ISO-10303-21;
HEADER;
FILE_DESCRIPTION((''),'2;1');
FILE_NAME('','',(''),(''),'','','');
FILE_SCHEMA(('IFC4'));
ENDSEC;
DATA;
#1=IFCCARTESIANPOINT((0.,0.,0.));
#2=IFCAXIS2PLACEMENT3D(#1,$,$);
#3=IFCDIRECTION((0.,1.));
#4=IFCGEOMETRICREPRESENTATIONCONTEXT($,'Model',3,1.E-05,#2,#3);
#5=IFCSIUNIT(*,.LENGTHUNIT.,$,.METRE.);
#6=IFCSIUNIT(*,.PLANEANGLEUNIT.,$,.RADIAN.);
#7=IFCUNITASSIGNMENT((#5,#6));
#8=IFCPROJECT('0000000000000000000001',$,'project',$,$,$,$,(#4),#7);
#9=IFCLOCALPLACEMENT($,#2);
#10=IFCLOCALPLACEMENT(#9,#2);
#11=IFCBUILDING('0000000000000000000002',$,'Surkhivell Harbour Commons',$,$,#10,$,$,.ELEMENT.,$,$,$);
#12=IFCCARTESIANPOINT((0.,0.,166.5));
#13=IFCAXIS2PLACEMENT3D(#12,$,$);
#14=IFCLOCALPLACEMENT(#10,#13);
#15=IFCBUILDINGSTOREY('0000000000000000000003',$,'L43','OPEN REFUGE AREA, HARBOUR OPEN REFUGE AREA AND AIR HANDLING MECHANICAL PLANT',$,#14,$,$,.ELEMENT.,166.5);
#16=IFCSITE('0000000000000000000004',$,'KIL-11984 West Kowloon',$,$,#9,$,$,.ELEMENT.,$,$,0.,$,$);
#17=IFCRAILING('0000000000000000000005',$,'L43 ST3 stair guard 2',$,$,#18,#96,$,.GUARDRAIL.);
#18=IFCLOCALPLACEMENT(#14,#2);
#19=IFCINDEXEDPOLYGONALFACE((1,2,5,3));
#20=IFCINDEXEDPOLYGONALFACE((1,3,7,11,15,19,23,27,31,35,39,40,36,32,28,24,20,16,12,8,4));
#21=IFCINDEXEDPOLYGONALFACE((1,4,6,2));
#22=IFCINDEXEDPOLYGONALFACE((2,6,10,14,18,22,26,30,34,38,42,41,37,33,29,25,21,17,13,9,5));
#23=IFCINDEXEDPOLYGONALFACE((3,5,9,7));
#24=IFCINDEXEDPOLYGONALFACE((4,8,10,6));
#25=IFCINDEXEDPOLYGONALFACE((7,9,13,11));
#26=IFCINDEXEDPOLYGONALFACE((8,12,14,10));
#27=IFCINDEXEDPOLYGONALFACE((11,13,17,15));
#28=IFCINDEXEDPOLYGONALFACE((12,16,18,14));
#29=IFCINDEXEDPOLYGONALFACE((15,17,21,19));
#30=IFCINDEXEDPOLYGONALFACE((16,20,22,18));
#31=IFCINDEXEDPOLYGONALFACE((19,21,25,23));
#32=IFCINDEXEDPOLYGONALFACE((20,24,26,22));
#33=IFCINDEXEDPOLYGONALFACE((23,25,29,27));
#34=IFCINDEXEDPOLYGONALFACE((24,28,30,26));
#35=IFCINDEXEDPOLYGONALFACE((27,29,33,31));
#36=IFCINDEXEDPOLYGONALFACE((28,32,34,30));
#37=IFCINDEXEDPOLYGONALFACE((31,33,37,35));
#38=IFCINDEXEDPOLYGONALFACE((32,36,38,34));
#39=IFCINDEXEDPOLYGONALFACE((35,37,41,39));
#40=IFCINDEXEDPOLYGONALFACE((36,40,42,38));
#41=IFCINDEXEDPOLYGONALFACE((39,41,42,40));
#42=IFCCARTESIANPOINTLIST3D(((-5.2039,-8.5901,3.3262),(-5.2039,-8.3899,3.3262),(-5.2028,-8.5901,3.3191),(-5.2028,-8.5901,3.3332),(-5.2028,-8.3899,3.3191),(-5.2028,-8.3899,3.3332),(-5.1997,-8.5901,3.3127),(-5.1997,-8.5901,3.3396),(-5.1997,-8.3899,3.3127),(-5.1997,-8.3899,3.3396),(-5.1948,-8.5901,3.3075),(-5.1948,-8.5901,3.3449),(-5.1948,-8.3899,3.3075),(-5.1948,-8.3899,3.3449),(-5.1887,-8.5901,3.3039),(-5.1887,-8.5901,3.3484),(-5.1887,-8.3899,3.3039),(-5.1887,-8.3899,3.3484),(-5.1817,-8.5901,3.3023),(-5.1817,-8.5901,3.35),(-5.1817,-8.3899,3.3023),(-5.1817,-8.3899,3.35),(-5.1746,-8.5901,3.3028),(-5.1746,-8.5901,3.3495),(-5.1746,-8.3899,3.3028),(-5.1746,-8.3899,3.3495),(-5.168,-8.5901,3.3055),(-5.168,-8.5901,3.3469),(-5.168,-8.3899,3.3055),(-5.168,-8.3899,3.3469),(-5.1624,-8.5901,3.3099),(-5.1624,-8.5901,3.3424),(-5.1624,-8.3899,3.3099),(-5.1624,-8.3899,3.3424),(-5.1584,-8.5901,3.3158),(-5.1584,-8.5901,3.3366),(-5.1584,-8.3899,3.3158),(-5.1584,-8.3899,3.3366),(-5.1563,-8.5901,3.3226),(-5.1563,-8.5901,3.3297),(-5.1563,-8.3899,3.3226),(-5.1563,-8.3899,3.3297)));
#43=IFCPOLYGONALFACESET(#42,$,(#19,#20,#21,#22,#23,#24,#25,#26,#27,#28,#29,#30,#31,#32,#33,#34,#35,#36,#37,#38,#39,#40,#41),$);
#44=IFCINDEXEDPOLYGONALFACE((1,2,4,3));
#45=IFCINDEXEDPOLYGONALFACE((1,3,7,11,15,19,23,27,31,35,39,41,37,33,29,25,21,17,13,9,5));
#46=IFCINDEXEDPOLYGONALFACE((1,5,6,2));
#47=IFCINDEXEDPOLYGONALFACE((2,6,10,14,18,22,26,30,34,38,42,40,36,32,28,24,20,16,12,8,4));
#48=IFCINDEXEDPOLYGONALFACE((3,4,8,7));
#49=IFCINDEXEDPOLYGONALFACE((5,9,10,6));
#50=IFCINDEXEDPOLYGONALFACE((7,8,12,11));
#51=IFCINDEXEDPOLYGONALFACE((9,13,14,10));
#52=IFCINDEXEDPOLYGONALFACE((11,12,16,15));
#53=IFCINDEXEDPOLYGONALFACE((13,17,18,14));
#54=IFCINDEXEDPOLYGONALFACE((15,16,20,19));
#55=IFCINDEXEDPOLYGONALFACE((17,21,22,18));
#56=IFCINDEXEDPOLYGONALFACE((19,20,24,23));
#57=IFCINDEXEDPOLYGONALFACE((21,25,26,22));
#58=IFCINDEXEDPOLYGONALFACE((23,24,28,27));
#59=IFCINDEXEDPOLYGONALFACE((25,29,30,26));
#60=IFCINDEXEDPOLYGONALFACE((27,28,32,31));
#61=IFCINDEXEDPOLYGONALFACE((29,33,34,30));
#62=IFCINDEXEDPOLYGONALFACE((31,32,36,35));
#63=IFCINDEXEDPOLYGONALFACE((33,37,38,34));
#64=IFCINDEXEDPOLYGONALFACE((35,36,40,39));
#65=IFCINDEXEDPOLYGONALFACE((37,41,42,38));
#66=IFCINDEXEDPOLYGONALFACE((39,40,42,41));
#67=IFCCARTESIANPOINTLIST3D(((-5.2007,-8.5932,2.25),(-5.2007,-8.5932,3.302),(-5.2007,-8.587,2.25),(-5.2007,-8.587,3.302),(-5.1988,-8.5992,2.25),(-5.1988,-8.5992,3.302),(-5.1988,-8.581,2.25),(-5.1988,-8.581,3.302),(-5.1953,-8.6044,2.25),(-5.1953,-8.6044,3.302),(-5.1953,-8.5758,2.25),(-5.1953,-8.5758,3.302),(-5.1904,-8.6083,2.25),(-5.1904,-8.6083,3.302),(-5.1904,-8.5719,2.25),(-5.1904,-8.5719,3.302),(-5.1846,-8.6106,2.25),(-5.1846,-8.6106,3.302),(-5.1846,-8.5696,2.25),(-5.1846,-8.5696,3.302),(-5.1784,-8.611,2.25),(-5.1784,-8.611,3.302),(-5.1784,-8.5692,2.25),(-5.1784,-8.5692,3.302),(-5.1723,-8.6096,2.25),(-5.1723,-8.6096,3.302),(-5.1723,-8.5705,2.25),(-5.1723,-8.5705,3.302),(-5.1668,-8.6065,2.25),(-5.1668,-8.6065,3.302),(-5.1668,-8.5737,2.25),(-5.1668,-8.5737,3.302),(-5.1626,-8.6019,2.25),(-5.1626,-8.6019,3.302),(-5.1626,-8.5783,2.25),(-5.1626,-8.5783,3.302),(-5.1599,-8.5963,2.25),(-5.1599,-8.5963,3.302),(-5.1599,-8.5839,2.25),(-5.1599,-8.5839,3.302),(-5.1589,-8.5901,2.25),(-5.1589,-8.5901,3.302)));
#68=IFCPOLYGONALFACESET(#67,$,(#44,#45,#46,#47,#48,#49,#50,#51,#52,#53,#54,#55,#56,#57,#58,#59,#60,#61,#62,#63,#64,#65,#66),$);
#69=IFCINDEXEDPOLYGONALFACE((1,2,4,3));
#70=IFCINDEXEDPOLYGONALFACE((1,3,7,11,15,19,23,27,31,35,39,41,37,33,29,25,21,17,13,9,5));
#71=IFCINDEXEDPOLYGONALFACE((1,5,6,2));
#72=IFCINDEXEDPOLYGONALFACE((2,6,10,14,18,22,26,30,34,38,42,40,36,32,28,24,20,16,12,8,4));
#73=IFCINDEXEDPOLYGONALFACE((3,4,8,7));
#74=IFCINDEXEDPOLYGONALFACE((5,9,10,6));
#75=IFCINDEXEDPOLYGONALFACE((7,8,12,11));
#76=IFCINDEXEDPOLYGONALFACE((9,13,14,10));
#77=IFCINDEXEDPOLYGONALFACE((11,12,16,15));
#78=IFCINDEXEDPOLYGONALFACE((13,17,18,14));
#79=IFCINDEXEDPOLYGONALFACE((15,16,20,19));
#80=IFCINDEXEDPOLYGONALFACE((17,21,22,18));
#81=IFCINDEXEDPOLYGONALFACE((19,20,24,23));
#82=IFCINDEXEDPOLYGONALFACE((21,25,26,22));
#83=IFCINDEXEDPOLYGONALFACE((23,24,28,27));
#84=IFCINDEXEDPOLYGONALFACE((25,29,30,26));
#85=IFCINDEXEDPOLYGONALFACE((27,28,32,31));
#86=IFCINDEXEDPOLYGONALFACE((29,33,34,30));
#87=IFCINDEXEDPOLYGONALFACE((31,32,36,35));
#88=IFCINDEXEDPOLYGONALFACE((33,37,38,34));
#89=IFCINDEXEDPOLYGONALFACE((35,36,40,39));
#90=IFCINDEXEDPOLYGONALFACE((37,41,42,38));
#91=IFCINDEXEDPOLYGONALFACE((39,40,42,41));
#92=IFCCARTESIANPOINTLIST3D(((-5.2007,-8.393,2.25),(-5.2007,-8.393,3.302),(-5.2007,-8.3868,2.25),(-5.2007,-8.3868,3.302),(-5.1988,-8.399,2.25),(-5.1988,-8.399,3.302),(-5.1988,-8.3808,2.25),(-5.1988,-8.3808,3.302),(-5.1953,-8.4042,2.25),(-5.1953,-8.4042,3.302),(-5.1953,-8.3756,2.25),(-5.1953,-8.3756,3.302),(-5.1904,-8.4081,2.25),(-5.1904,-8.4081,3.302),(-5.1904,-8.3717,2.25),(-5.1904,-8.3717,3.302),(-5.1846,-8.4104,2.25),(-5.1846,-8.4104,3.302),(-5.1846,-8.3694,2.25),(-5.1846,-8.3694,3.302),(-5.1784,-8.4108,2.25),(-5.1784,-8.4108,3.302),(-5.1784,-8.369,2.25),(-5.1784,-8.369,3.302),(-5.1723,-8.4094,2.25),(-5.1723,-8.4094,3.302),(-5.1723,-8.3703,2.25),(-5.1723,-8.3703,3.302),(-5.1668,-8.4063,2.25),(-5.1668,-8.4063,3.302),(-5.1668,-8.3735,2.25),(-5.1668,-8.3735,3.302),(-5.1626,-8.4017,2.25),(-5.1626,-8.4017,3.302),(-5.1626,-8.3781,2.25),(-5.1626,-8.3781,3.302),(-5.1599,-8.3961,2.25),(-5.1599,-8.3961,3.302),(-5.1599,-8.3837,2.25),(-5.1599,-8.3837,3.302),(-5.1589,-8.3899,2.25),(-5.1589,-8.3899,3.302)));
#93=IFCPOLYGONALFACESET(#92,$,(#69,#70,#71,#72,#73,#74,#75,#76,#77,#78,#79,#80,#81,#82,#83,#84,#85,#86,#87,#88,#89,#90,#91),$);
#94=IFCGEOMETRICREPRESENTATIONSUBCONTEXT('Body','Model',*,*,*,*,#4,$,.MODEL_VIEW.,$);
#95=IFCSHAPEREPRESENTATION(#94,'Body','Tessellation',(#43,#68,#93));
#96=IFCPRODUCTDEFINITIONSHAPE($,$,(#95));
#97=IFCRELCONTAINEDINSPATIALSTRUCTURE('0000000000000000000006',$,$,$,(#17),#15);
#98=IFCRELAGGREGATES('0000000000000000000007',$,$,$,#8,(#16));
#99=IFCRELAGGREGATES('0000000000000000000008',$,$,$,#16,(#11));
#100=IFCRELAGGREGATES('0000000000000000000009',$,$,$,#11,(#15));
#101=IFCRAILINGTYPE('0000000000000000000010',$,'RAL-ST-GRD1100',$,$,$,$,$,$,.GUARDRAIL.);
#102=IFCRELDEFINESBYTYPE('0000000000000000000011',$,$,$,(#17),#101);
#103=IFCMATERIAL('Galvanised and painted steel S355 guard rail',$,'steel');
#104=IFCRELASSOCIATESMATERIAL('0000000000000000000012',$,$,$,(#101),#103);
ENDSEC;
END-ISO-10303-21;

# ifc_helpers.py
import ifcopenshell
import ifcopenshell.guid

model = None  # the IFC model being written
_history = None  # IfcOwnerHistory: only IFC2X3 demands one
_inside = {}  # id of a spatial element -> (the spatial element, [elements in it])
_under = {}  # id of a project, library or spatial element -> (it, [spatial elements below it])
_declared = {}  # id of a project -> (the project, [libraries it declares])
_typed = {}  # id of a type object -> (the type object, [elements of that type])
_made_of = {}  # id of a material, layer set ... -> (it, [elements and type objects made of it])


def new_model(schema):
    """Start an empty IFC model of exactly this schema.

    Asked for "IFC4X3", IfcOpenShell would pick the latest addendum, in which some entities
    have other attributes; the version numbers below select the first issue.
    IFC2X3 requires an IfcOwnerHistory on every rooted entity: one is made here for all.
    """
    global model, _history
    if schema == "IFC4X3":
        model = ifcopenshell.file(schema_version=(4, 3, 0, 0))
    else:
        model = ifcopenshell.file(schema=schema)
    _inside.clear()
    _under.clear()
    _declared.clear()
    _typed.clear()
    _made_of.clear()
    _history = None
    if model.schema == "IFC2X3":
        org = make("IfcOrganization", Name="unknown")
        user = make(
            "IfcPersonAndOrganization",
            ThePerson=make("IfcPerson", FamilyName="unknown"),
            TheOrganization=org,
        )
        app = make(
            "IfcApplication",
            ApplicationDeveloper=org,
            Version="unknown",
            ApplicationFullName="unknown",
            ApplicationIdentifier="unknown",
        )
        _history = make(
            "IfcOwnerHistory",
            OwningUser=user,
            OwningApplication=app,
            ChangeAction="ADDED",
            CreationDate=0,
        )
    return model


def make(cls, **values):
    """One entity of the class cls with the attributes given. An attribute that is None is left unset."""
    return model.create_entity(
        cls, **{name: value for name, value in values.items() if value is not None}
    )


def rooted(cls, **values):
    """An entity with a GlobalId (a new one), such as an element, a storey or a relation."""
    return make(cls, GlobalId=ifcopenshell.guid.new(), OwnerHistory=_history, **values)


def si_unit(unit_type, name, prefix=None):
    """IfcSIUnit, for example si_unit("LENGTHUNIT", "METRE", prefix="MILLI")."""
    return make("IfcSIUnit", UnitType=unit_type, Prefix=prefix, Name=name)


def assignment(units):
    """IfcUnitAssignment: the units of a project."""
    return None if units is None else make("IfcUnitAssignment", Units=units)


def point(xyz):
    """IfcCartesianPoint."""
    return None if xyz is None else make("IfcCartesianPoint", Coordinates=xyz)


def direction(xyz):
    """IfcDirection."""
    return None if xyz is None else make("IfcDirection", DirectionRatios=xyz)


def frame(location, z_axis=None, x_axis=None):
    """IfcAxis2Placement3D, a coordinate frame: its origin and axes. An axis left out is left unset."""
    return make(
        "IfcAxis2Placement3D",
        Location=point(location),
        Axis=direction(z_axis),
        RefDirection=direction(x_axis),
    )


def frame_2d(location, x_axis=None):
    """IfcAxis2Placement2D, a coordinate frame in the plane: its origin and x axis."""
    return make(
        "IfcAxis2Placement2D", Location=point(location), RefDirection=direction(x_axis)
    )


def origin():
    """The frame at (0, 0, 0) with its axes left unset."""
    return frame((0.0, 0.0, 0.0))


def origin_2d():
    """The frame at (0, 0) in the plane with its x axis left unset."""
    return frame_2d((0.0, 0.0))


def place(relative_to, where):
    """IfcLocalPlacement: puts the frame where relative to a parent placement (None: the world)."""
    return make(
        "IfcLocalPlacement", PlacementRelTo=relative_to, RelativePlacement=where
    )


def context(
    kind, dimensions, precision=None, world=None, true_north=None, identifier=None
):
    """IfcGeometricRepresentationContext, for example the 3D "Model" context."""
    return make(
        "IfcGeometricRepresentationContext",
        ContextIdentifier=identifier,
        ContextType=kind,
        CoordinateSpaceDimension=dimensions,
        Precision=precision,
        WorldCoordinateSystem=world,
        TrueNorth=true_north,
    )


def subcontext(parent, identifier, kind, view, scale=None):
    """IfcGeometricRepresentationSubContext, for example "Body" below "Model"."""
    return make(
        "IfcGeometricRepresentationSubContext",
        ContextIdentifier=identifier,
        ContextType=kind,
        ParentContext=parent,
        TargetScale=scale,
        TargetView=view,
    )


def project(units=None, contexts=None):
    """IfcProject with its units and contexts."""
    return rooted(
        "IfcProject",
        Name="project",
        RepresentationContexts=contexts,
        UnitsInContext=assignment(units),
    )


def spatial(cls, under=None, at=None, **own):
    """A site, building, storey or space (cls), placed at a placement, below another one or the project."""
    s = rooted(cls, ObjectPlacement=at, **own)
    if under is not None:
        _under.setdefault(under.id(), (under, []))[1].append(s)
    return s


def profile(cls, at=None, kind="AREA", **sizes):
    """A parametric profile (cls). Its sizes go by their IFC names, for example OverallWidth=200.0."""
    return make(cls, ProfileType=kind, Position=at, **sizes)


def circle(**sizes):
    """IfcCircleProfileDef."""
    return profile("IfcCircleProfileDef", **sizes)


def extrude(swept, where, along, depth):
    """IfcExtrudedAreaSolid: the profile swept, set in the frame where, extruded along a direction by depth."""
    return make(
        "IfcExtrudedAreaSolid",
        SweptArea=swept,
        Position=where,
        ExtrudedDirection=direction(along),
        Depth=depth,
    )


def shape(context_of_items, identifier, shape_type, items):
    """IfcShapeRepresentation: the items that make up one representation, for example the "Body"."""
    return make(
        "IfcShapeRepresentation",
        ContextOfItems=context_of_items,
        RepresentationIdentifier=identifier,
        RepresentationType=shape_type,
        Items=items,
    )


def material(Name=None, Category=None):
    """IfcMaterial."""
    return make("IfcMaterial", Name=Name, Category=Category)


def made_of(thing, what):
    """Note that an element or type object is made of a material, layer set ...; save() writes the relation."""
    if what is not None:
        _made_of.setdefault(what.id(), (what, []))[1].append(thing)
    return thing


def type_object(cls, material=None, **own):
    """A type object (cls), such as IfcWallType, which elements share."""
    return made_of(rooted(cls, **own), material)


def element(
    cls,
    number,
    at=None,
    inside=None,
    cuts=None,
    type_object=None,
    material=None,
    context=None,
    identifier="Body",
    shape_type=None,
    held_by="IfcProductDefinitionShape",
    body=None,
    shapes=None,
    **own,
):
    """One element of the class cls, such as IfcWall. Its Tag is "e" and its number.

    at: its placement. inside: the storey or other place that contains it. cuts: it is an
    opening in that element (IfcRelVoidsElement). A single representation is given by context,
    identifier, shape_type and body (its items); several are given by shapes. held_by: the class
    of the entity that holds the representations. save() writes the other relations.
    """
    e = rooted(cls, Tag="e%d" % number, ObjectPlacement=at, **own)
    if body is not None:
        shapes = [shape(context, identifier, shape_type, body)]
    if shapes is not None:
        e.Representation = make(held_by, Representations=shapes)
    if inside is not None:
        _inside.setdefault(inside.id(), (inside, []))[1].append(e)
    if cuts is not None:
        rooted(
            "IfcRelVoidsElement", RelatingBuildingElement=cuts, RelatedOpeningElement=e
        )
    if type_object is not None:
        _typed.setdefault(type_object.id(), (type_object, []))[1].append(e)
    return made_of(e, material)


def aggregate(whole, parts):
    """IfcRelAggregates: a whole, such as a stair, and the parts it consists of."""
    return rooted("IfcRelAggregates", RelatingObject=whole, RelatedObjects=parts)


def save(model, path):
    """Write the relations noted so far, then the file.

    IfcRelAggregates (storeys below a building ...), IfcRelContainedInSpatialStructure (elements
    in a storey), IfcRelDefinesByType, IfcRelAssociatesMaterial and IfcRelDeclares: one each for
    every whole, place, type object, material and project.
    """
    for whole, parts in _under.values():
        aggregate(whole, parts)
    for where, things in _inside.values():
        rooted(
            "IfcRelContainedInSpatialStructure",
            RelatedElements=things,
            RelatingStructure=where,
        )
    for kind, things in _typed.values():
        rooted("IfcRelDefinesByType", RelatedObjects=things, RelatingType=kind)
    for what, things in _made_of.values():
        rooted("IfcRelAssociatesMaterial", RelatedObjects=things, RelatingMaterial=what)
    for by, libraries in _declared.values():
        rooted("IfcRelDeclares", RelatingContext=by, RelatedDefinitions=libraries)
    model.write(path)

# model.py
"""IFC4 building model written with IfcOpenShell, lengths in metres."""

from ifc_helpers import new_model, si_unit, direction, frame, origin, origin_2d, place, context, subcontext, project, spatial, circle, extrude, material, type_object, element, save


model = new_model("IFC4")

# Units and contexts
model_context = context("Model", 3, precision=1e-05, world=origin(), true_north=direction((0.0, 1.0)))
body_context = subcontext(model_context, "Body", "Model", "MODEL_VIEW")
ifc_project = project(units=[si_unit("LENGTHUNIT", "METRE"), si_unit("PLANEANGLEUNIT", "RADIAN")], contexts=[model_context])

# Site, building, storey
site_placement = place(None, origin())
site = spatial("IfcSite", under=ifc_project, at=site_placement, Name="KIL-11984 West Kowloon", CompositionType="ELEMENT", RefElevation=0.0)
building_placement = place(site_placement, origin())
building = spatial("IfcBuilding", under=site, at=building_placement, Name="Surkhivell Harbour Commons", CompositionType="ELEMENT")
storey_placement = place(building_placement, frame((0.0, 0.0, 166.5)))
storey = spatial("IfcBuildingStorey", under=building, at=storey_placement, Name="L43", Description="OPEN REFUGE AREA, HARBOUR OPEN REFUGE AREA AND AIR HANDLING MECHANICAL PLANT", CompositionType="ELEMENT", Elevation=166.5)

# Railing
ifc_material_1 = material(Name="Galvanised and painted steel S355 guard rail", Category="steel")
railing_type_1 = type_object("IfcRailingType", Name="RAL-ST-GRD1100", PredefinedType="GUARDRAIL", material=ifc_material_1)
railing_1_placement = place(storey_placement, frame((-5.1799, -8.5901, 2.25)))
element("IfcRailing", 1, at=railing_1_placement, inside=storey, type_object=railing_type_1, Name="L43 ST3 stair guard 2", PredefinedType="GUARDRAIL", context=body_context, shape_type="SweptSolid", body=[
    extrude(circle(Radius=0.0239, at=origin_2d()), frame((0.0, 0.0, 1.0762), z_axis=(0.0, 1.0, 0.0), x_axis=(-1.0, 0.0, 0.0)), (0.0, 0.0, 1.0), 0.2002),
    extrude(circle(Radius=0.021, at=origin_2d()), origin(), (0.0, 0.0, 1.0), 1.052),
    extrude(circle(Radius=0.021, at=origin_2d()), frame((0.0, 0.2002, 0.0)), (0.0, 0.0, 1.0), 1.052),
])

save(model, "model.ifc")
